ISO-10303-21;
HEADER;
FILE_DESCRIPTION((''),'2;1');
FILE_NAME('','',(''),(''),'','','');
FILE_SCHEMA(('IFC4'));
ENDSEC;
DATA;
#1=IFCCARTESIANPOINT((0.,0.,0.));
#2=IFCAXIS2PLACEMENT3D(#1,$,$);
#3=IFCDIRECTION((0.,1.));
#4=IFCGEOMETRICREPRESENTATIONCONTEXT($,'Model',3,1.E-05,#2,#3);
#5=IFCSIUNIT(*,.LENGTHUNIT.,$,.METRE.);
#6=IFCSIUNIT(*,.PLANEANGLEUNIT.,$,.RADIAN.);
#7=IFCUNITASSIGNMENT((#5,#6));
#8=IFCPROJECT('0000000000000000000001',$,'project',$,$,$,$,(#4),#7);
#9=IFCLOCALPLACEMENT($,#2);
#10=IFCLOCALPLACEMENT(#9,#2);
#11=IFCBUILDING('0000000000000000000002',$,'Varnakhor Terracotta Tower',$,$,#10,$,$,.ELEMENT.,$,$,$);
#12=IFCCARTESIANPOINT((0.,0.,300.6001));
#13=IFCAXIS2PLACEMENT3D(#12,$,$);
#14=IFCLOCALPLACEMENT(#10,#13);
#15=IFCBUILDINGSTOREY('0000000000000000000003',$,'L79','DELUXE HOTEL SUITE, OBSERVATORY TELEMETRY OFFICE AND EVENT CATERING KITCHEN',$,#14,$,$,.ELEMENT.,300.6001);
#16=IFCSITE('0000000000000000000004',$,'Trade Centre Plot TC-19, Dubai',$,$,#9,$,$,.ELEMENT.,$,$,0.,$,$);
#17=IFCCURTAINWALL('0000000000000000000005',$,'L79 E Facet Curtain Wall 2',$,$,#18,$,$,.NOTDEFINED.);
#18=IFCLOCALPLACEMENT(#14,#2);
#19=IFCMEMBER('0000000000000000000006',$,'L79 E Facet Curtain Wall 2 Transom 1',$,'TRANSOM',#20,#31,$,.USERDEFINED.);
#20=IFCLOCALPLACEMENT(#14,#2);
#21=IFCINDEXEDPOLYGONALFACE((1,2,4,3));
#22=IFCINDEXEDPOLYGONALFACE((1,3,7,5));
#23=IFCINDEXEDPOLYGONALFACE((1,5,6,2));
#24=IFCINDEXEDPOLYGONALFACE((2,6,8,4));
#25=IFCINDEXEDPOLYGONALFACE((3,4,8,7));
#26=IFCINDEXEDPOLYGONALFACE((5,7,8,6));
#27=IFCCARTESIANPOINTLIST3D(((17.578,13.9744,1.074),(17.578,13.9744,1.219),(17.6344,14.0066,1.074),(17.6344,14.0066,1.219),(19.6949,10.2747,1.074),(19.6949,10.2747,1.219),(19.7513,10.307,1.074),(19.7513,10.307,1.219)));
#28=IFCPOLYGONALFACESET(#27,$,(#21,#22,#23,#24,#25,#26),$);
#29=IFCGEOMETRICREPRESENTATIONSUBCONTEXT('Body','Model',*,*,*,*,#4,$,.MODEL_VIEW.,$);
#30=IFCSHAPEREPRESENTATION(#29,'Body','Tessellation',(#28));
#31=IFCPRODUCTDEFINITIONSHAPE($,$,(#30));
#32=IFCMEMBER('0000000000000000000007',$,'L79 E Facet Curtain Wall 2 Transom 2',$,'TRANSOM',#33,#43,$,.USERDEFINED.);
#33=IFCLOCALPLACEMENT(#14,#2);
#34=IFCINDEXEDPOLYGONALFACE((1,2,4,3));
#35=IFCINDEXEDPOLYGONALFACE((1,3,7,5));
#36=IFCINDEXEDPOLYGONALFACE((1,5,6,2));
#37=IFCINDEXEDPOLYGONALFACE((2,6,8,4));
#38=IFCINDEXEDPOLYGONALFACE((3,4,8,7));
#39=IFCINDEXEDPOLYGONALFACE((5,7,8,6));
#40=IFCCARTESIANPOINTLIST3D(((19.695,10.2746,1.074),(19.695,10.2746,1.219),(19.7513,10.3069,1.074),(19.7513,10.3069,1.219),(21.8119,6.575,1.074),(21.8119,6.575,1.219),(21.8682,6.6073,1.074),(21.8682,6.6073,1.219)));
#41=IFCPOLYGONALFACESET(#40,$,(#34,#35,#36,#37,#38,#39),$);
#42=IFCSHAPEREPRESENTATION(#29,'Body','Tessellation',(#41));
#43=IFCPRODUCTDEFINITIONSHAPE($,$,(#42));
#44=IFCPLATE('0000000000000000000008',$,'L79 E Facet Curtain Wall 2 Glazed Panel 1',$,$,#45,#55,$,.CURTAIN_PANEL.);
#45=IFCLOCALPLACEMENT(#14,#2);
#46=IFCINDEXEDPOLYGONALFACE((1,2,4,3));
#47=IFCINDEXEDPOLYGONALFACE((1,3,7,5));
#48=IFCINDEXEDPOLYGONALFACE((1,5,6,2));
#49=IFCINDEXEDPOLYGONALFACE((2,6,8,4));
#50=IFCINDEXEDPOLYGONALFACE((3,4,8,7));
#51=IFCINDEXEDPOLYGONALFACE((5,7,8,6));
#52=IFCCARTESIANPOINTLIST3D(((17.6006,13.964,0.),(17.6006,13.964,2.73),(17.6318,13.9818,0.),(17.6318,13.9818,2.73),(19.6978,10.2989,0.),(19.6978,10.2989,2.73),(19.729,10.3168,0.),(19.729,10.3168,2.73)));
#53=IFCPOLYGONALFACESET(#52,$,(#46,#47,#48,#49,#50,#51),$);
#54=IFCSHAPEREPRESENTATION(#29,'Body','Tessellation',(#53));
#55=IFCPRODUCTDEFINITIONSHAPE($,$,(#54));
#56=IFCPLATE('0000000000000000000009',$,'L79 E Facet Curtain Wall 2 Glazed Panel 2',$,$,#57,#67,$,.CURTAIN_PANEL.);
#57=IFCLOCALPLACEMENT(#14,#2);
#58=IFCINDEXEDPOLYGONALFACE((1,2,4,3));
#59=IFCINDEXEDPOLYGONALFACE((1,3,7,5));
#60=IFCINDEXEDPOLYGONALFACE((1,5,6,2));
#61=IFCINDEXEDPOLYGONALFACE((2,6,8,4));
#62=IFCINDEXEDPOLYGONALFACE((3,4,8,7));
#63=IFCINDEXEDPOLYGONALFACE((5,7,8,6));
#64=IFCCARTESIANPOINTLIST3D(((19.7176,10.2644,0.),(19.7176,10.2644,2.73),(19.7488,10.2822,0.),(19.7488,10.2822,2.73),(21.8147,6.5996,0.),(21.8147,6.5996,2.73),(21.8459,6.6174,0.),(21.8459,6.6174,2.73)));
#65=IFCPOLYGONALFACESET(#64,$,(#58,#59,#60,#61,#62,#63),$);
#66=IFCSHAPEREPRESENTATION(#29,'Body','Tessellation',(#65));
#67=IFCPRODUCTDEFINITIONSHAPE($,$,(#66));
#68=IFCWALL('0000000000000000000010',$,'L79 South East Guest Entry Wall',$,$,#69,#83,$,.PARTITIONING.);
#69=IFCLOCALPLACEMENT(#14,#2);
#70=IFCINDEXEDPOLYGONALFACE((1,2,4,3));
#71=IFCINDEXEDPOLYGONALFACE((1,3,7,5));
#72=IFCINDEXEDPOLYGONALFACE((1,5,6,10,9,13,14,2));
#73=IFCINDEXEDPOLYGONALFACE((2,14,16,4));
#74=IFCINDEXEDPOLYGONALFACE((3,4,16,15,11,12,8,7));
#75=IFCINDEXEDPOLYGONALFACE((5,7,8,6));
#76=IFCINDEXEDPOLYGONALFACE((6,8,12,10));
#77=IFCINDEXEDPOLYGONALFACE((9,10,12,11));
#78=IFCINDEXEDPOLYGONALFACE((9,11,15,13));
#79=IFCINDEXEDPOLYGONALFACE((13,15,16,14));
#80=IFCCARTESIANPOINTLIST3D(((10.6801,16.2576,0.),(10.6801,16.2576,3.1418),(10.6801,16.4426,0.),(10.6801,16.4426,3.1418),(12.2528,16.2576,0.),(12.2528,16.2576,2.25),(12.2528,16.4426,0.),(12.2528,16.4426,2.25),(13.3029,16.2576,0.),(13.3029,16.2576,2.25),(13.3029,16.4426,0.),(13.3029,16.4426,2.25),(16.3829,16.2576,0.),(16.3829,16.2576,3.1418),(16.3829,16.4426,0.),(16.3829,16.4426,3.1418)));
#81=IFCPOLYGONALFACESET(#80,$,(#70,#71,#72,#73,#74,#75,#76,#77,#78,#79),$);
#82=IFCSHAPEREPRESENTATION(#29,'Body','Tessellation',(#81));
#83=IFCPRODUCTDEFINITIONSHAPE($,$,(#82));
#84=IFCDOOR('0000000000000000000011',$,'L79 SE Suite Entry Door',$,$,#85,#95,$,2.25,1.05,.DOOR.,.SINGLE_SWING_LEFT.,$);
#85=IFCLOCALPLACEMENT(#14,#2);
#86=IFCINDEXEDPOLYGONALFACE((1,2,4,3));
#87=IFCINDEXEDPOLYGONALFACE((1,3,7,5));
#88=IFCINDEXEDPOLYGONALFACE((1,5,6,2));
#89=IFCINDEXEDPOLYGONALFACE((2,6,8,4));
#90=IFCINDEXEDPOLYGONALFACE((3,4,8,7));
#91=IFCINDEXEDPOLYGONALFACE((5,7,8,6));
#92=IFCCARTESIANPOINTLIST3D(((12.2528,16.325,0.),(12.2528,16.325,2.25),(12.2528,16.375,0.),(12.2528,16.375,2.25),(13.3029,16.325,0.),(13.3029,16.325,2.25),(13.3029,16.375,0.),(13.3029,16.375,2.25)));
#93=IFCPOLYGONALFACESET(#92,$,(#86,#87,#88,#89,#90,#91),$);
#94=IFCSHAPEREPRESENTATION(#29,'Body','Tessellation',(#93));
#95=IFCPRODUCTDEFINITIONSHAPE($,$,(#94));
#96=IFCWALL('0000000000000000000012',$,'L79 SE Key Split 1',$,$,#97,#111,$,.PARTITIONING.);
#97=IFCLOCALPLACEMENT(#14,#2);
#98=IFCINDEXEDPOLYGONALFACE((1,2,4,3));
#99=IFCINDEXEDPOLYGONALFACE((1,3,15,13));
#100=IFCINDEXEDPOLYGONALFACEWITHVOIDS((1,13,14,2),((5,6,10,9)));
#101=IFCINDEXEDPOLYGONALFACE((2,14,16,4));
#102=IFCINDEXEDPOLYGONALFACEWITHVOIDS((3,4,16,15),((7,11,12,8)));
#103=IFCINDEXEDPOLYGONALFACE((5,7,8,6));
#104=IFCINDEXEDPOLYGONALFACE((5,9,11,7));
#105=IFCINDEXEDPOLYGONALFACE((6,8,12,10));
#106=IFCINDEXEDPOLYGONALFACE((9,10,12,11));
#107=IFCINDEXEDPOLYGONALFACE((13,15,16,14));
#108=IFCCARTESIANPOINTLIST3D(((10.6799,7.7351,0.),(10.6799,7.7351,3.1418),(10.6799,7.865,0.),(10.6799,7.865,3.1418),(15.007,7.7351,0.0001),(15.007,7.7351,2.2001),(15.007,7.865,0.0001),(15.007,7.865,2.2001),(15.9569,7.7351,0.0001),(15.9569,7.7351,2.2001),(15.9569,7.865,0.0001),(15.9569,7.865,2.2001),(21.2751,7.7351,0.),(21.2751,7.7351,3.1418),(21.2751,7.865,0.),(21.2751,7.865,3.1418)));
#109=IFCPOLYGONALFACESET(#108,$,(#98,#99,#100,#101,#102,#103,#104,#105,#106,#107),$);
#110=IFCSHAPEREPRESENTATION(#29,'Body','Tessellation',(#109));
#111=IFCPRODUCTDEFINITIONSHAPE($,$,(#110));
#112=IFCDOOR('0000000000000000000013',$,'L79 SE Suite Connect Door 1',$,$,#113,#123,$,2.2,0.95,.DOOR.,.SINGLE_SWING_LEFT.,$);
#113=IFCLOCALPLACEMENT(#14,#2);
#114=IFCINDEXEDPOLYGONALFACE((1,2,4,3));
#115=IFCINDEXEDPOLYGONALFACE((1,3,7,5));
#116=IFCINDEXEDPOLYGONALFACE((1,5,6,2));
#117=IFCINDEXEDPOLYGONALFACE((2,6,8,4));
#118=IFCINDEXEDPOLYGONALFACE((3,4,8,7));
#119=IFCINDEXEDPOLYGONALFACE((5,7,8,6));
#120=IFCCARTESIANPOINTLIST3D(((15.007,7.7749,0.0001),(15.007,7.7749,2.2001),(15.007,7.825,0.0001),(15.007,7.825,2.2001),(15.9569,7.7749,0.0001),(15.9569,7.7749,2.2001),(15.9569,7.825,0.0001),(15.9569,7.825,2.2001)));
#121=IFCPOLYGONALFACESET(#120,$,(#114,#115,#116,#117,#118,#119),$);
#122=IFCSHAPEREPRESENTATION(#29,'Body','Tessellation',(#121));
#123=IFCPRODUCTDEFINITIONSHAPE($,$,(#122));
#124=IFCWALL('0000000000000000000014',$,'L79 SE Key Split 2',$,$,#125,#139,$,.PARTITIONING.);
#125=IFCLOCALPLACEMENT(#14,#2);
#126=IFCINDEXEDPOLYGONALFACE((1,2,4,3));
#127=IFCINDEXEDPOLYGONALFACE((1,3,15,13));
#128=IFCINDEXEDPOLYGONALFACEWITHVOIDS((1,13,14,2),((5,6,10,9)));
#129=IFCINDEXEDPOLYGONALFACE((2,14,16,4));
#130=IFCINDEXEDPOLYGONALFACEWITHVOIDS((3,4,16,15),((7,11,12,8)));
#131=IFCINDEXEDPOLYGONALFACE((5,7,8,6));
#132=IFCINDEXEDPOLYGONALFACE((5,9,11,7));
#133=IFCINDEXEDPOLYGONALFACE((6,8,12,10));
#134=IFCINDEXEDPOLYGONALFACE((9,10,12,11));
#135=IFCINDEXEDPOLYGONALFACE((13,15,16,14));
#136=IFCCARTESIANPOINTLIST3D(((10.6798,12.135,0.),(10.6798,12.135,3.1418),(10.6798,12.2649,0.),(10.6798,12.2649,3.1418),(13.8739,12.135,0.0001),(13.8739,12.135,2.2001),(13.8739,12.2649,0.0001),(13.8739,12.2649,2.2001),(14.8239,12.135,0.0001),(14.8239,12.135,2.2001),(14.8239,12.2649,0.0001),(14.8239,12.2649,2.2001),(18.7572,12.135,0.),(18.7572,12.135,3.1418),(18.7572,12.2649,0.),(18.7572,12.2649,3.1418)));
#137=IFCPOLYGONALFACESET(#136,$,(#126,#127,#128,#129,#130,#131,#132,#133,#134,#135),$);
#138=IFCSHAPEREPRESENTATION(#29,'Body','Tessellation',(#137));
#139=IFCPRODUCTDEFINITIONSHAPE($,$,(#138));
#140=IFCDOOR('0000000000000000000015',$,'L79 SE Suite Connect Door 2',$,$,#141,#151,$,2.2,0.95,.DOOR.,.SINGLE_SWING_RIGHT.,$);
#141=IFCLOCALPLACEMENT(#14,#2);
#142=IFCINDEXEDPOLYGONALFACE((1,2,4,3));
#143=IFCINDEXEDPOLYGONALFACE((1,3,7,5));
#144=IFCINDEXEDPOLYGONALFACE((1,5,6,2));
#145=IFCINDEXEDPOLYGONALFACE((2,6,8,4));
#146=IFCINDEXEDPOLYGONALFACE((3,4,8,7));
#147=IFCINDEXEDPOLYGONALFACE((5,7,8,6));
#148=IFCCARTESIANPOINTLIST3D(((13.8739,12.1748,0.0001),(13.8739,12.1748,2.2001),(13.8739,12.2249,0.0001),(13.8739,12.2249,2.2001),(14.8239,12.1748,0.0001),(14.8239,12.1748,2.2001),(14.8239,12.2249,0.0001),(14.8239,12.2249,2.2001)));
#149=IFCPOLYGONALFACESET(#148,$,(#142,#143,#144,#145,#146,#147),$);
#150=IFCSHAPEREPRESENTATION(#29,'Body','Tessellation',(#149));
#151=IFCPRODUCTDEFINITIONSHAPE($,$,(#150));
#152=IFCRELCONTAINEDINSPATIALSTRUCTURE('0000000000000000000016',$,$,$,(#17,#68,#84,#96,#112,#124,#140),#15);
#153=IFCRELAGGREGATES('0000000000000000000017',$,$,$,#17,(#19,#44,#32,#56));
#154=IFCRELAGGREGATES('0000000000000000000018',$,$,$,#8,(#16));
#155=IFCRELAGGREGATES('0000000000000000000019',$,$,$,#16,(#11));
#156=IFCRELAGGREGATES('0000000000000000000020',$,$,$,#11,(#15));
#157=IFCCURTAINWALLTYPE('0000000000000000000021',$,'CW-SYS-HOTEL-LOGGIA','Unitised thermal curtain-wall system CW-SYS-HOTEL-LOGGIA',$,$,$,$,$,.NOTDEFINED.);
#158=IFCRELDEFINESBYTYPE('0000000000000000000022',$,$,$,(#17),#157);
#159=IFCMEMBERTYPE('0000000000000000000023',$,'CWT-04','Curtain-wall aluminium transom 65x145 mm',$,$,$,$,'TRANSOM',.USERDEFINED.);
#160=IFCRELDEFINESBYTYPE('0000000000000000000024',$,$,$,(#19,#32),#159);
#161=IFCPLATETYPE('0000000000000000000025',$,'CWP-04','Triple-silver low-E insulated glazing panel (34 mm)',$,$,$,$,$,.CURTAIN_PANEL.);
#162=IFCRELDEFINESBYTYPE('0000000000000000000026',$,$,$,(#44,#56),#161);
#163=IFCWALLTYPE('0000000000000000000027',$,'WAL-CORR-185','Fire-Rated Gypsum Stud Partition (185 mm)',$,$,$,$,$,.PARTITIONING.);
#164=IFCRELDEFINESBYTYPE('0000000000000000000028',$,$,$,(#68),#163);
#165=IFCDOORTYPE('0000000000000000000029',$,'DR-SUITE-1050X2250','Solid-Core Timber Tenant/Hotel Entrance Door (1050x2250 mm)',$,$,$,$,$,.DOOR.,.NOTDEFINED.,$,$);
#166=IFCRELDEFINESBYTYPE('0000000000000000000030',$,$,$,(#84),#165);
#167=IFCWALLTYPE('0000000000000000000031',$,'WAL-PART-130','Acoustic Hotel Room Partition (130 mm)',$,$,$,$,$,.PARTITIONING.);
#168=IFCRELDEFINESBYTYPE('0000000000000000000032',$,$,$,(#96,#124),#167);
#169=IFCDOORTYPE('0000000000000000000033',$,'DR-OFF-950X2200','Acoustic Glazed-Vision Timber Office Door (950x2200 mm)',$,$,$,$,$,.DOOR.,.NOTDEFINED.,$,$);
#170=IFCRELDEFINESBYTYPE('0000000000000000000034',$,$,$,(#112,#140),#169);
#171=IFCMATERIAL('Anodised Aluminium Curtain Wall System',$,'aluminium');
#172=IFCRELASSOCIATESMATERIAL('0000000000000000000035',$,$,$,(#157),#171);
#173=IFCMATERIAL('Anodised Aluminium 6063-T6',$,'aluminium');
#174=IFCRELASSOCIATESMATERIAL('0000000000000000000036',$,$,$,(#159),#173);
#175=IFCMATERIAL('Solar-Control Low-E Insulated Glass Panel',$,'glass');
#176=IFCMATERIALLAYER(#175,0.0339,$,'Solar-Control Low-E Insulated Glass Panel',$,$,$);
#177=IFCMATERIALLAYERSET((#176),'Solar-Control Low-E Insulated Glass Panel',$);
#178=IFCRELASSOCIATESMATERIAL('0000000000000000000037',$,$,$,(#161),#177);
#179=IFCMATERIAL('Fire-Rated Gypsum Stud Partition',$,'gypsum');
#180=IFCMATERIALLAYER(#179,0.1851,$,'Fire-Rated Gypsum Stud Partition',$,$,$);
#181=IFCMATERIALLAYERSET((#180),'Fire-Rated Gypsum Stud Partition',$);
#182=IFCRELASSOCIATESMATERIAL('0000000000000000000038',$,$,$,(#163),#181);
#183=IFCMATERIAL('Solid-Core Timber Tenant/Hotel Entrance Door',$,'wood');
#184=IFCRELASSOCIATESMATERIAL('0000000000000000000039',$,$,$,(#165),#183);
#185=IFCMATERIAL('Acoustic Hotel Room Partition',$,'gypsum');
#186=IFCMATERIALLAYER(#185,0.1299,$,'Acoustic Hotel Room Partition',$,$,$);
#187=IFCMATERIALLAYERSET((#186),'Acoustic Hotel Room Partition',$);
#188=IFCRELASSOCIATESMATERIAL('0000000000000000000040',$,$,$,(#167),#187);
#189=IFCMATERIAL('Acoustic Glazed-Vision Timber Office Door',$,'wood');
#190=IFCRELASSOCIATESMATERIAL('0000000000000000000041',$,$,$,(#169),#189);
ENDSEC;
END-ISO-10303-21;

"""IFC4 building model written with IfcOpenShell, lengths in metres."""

from ifc_helpers import new_model, si_unit, direction, frame, frame_2d, origin, origin_2d, place, context, subcontext, project, spatial, rectangle, extrude, source, transform, mapped, material, layer, layer_set, material_profile, profile_set, type_object, type_shapes, element, fill, aggregate, save


model = new_model("IFC4")

# Units and contexts
model_context = context("Model", 3, precision=1e-05, world=origin(), true_north=direction((0.0, 1.0)))
body_context = subcontext(model_context, "Body", "Model", "MODEL_VIEW")
ifc_project = project(units=[si_unit("LENGTHUNIT", "METRE"), si_unit("PLANEANGLEUNIT", "RADIAN")], contexts=[model_context])

# Site, building, storey
site_placement = place(None, origin())
site = spatial("IfcSite", under=ifc_project, at=site_placement, Name="Trade Centre Plot TC-19, Dubai", CompositionType="ELEMENT", RefElevation=0.0)
building_placement = place(site_placement, origin())
building = spatial("IfcBuilding", under=site, at=building_placement, Name="Varnakhor Terracotta Tower", CompositionType="ELEMENT")
storey_placement = place(building_placement, frame((0.0, 0.0, 300.6001)))
storey = spatial("IfcBuildingStorey", under=building, at=storey_placement, Name="L79", Description="DELUXE HOTEL SUITE, OBSERVATORY TELEMETRY OFFICE AND EVENT CATERING KITCHEN", CompositionType="ELEMENT", Elevation=300.6001)

# Curtain wall, members, plates
ifc_material_1 = material(Name="Anodised Aluminium Curtain Wall System", Category="aluminium")
curtain_wall_type = type_object("IfcCurtainWallType", Name="CW-SYS-HOTEL-LOGGIA", Description="Unitised thermal curtain-wall system CW-SYS-HOTEL-LOGGIA", PredefinedType="NOTDEFINED", material=ifc_material_1)
curtain_wall_placement = place(storey_placement, origin())
curtain_wall = element("IfcCurtainWall", 1, at=curtain_wall_placement, inside=storey, type_object=curtain_wall_type, Name="L79 E Facet Curtain Wall 2", PredefinedType="NOTDEFINED")
ifc_material_2 = material(Name="Anodised Aluminium 6063-T6", Category="aluminium")
ifc_material_profile_1 = material_profile(ifc_material_2, rectangle(XDim=0.0649, YDim=0.145, at=origin_2d()), Name="ALU TRANSOM 65x145")
ifc_profile_set_1 = profile_set([ifc_material_profile_1], Name="Anodised Aluminium 6063-T6")
member_type_1 = type_object("IfcMemberType", Name="CWT-04", Description="Curtain-wall aluminium transom 65x145 mm", ElementType="TRANSOM", PredefinedType="USERDEFINED", material=ifc_profile_set_1)
shared_shape_1 = source(origin(), body_context, "Body", "SweptSolid", [
    extrude(rectangle(XDim=0.0649, YDim=0.145, at=origin_2d()), origin(), (0.0, 0.0, 1.0), 4.2625),
])
member_1_placement = place(storey_placement, frame((17.6062, 13.9905, 1.1465), z_axis=(0.496638, -0.867958, 0.0), x_axis=(0.867958, 0.496638, 0.0)))
member_1 = element("IfcMember", 2, at=member_1_placement, type_object=member_type_1, Name="L79 E Facet Curtain Wall 2 Transom 1", ObjectType="TRANSOM", PredefinedType="USERDEFINED", context=body_context, shape_type="MappedRepresentation", body=[
    mapped(shared_shape_1, transform((0.0, 0.0, 0.0), scale=1.0)),
])
member_2_placement = place(storey_placement, frame((19.7231, 10.2908, 1.1465), z_axis=(0.496638, -0.867958, 0.0), x_axis=(0.867958, 0.496638, 0.0)))
member_2 = element("IfcMember", 3, at=member_2_placement, type_object=member_type_1, Name="L79 E Facet Curtain Wall 2 Transom 2", ObjectType="TRANSOM", PredefinedType="USERDEFINED", context=body_context, shape_type="MappedRepresentation", body=[
    mapped(shared_shape_1, transform((0.0, 0.0, 0.0), scale=1.0)),
])
ifc_material_3 = material(Name="Solar-Control Low-E Insulated Glass Panel", Category="glass")
ifc_layer_1 = layer(ifc_material_3, 0.0339, Name="Solar-Control Low-E Insulated Glass Panel")
ifc_layer_set_1 = layer_set([ifc_layer_1], Name="Solar-Control Low-E Insulated Glass Panel")
plate_type = type_object("IfcPlateType", Name="CWP-04", Description="Triple-silver low-E insulated glazing panel (34 mm)", PredefinedType="CURTAIN_PANEL", material=ifc_layer_set_1)
shared_shape_2 = source(origin(), body_context, "Body", "SweptSolid", [
    extrude(rectangle(XDim=4.2227, YDim=0.0359, at=origin_2d()), origin(), (0.0, 0.0, 1.0), 2.73),
])
plate_1_placement = place(storey_placement, frame((18.6648, 12.1404, 0.0), z_axis=(0.0, 0.0, 1.0), x_axis=(0.496656, -0.867948, 0.0)))
plate_1 = element("IfcPlate", 4, at=plate_1_placement, type_object=plate_type, Name="L79 E Facet Curtain Wall 2 Glazed Panel 1", PredefinedType="CURTAIN_PANEL", context=body_context, shape_type="MappedRepresentation", body=[
    mapped(shared_shape_2, transform((0.0, 0.0, 0.0), scale=1.0)),
])
shared_shape_3 = source(origin(), body_context, "Body", "SweptSolid", [
    extrude(rectangle(XDim=4.2224, YDim=0.0359, at=origin_2d()), origin(), (0.0, 0.0, 1.0), 2.73),
])
plate_2_placement = place(storey_placement, frame((20.7817, 8.4409, 0.0), z_axis=(0.0, 0.0, 1.0), x_axis=(0.496656, -0.867948, 0.0)))
plate_2 = element("IfcPlate", 5, at=plate_2_placement, type_object=plate_type, Name="L79 E Facet Curtain Wall 2 Glazed Panel 2", PredefinedType="CURTAIN_PANEL", context=body_context, shape_type="MappedRepresentation", body=[
    mapped(shared_shape_3, transform((0.0, 0.0, 0.0), scale=1.0)),
])
aggregate(curtain_wall, [member_1, plate_1, member_2, plate_2])

# Walls, openings, doors
ifc_material_4 = material(Name="Fire-Rated Gypsum Stud Partition", Category="gypsum")
ifc_layer_2 = layer(ifc_material_4, 0.1851, Name="Fire-Rated Gypsum Stud Partition")
ifc_layer_set_2 = layer_set([ifc_layer_2], Name="Fire-Rated Gypsum Stud Partition")
wall_type_1 = type_object("IfcWallType", Name="WAL-CORR-185", Description="Fire-Rated Gypsum Stud Partition (185 mm)", PredefinedType="PARTITIONING", material=ifc_layer_set_2)
wall_1_placement = place(storey_placement, frame((10.6799, 16.3501, 0.0), z_axis=(0.0, 0.0, 1.0), x_axis=(1.0, 0.0, 0.0)))
wall_1 = element("IfcWall", 6, at=wall_1_placement, inside=storey, type_object=wall_type_1, Name="L79 South East Guest Entry Wall", PredefinedType="PARTITIONING", context=body_context, shape_type="SweptSolid", body=[
    extrude(rectangle(XDim=5.7029, YDim=0.1851, at=frame_2d((2.8516, 0.0))), origin(), (0.0, 0.0, 1.0), 3.1418),
])
opening_1_placement = place(wall_1_placement, frame((1.573, 0.0, 0.0)))
opening_1 = element("IfcOpeningElement", 7, at=opening_1_placement, cuts=wall_1, PredefinedType="OPENING", context=body_context, shape_type="SweptSolid", body=[
    extrude(rectangle(XDim=1.05, YDim=2.25, at=frame_2d((0.5249, 1.125))), frame((0.0, 0.1025, 0.0), z_axis=(0.0, -1.0, 0.0), x_axis=(1.0, 0.0, 0.0)), (0.0, 0.0, 1.0), 0.2051),
])
ifc_material_5 = material(Name="Solid-Core Timber Tenant/Hotel Entrance Door", Category="wood")
door_type_1 = type_object("IfcDoorType", Name="DR-SUITE-1050X2250", Description="Solid-Core Timber Tenant/Hotel Entrance Door (1050x2250 mm)", OperationType="NOTDEFINED", PredefinedType="DOOR", material=ifc_material_5)
shared_shape_4 = source(origin(), body_context, "Body", "SweptSolid", [
    extrude(rectangle(XDim=1.05, YDim=2.25, at=frame_2d((0.5249, 1.125))), frame((0.0, 0.0249, 0.0), z_axis=(0.0, -1.0, 0.0), x_axis=(1.0, 0.0, 0.0)), (0.0, 0.0, 1.0), 0.05),
])
type_shapes(door_type_1, [shared_shape_4])
door_1_placement = place(opening_1_placement, origin())
door_1 = element("IfcDoor", 8, at=door_1_placement, inside=storey, type_object=door_type_1, Name="L79 SE Suite Entry Door", OperationType="SINGLE_SWING_LEFT", OverallHeight=2.25, OverallWidth=1.05, PredefinedType="DOOR", context=body_context, shape_type="MappedRepresentation", body=[
    mapped(shared_shape_4, transform((0.0, 0.0, 0.0), scale=1.0)),
])
fill(opening_1, door_1)
ifc_material_6 = material(Name="Acoustic Hotel Room Partition", Category="gypsum")
ifc_layer_3 = layer(ifc_material_6, 0.1299, Name="Acoustic Hotel Room Partition")
ifc_layer_set_3 = layer_set([ifc_layer_3], Name="Acoustic Hotel Room Partition")
wall_type_2 = type_object("IfcWallType", Name="WAL-PART-130", Description="Acoustic Hotel Room Partition (130 mm)", PredefinedType="PARTITIONING", material=ifc_layer_set_3)
wall_2_placement = place(storey_placement, frame((10.6799, 7.8, 0.0), z_axis=(0.0, 0.0, 1.0), x_axis=(1.0, 0.0, 0.0)))
wall_2 = element("IfcWall", 9, at=wall_2_placement, inside=storey, type_object=wall_type_2, Name="L79 SE Key Split 1", PredefinedType="PARTITIONING", context=body_context, shape_type="SweptSolid", body=[
    extrude(rectangle(XDim=10.5952, YDim=0.1299, at=frame_2d((5.2976, 0.0))), origin(), (0.0, 0.0, 1.0), 3.1418),
])
opening_2_placement = place(wall_2_placement, frame((4.3269, 0.0, 0.0)))
opening_2 = element("IfcOpeningElement", 10, at=opening_2_placement, cuts=wall_2, PredefinedType="OPENING", context=body_context, shape_type="SweptSolid", body=[
    extrude(rectangle(XDim=0.95, YDim=2.2, at=frame_2d((0.4751, 1.1001))), frame((0.0, 0.075, 0.0), z_axis=(0.0, -1.0, 0.0), x_axis=(1.0, 0.0, 0.0)), (0.0, 0.0, 1.0), 0.1499),
])
ifc_material_7 = material(Name="Acoustic Glazed-Vision Timber Office Door", Category="wood")
door_type_2 = type_object("IfcDoorType", Name="DR-OFF-950X2200", Description="Acoustic Glazed-Vision Timber Office Door (950x2200 mm)", OperationType="NOTDEFINED", PredefinedType="DOOR", material=ifc_material_7)
shared_shape_5 = source(origin(), body_context, "Body", "SweptSolid", [
    extrude(rectangle(XDim=0.95, YDim=2.2, at=frame_2d((0.4751, 1.1001))), frame((0.0, 0.0249, 0.0), z_axis=(0.0, -1.0, 0.0), x_axis=(1.0, 0.0, 0.0)), (0.0, 0.0, 1.0), 0.05),
])
type_shapes(door_type_2, [shared_shape_5])
door_2_placement = place(opening_2_placement, origin())
door_2 = element("IfcDoor", 11, at=door_2_placement, inside=storey, type_object=door_type_2, Name="L79 SE Suite Connect Door 1", OperationType="SINGLE_SWING_LEFT", OverallHeight=2.2, OverallWidth=0.95, PredefinedType="DOOR", context=body_context, shape_type="MappedRepresentation", body=[
    mapped(shared_shape_5, transform((0.0, 0.0, 0.0), scale=1.0)),
])
fill(opening_2, door_2)
wall_3_placement = place(storey_placement, frame((10.6799, 12.2, 0.0), z_axis=(0.0, 0.0, 1.0), x_axis=(1.0, 0.0, 0.0)))
wall_3 = element("IfcWall", 12, at=wall_3_placement, inside=storey, type_object=wall_type_2, Name="L79 SE Key Split 2", PredefinedType="PARTITIONING", context=body_context, shape_type="SweptSolid", body=[
    extrude(rectangle(XDim=8.0774, YDim=0.1299, at=frame_2d((4.0386, 0.0))), origin(), (0.0, 0.0, 1.0), 3.1418),
])
opening_3_placement = place(wall_3_placement, frame((3.1938, 0.0, 0.0)))
opening_3 = element("IfcOpeningElement", 13, at=opening_3_placement, cuts=wall_3, PredefinedType="OPENING", context=body_context, shape_type="SweptSolid", body=[
    extrude(rectangle(XDim=0.95, YDim=2.2, at=frame_2d((0.4751, 1.1001))), frame((0.0, 0.075, 0.0), z_axis=(0.0, -1.0, 0.0), x_axis=(1.0, 0.0, 0.0)), (0.0, 0.0, 1.0), 0.1499),
])
door_3_placement = place(opening_3_placement, origin())
door_3 = element("IfcDoor", 14, at=door_3_placement, inside=storey, type_object=door_type_2, Name="L79 SE Suite Connect Door 2", OperationType="SINGLE_SWING_RIGHT", OverallHeight=2.2, OverallWidth=0.95, PredefinedType="DOOR", context=body_context, shape_type="MappedRepresentation", body=[
    mapped(shared_shape_5, transform((0.0, 0.0, 0.0), scale=1.0)),
])
fill(opening_3, door_3)

save(model, "model.ifc")
